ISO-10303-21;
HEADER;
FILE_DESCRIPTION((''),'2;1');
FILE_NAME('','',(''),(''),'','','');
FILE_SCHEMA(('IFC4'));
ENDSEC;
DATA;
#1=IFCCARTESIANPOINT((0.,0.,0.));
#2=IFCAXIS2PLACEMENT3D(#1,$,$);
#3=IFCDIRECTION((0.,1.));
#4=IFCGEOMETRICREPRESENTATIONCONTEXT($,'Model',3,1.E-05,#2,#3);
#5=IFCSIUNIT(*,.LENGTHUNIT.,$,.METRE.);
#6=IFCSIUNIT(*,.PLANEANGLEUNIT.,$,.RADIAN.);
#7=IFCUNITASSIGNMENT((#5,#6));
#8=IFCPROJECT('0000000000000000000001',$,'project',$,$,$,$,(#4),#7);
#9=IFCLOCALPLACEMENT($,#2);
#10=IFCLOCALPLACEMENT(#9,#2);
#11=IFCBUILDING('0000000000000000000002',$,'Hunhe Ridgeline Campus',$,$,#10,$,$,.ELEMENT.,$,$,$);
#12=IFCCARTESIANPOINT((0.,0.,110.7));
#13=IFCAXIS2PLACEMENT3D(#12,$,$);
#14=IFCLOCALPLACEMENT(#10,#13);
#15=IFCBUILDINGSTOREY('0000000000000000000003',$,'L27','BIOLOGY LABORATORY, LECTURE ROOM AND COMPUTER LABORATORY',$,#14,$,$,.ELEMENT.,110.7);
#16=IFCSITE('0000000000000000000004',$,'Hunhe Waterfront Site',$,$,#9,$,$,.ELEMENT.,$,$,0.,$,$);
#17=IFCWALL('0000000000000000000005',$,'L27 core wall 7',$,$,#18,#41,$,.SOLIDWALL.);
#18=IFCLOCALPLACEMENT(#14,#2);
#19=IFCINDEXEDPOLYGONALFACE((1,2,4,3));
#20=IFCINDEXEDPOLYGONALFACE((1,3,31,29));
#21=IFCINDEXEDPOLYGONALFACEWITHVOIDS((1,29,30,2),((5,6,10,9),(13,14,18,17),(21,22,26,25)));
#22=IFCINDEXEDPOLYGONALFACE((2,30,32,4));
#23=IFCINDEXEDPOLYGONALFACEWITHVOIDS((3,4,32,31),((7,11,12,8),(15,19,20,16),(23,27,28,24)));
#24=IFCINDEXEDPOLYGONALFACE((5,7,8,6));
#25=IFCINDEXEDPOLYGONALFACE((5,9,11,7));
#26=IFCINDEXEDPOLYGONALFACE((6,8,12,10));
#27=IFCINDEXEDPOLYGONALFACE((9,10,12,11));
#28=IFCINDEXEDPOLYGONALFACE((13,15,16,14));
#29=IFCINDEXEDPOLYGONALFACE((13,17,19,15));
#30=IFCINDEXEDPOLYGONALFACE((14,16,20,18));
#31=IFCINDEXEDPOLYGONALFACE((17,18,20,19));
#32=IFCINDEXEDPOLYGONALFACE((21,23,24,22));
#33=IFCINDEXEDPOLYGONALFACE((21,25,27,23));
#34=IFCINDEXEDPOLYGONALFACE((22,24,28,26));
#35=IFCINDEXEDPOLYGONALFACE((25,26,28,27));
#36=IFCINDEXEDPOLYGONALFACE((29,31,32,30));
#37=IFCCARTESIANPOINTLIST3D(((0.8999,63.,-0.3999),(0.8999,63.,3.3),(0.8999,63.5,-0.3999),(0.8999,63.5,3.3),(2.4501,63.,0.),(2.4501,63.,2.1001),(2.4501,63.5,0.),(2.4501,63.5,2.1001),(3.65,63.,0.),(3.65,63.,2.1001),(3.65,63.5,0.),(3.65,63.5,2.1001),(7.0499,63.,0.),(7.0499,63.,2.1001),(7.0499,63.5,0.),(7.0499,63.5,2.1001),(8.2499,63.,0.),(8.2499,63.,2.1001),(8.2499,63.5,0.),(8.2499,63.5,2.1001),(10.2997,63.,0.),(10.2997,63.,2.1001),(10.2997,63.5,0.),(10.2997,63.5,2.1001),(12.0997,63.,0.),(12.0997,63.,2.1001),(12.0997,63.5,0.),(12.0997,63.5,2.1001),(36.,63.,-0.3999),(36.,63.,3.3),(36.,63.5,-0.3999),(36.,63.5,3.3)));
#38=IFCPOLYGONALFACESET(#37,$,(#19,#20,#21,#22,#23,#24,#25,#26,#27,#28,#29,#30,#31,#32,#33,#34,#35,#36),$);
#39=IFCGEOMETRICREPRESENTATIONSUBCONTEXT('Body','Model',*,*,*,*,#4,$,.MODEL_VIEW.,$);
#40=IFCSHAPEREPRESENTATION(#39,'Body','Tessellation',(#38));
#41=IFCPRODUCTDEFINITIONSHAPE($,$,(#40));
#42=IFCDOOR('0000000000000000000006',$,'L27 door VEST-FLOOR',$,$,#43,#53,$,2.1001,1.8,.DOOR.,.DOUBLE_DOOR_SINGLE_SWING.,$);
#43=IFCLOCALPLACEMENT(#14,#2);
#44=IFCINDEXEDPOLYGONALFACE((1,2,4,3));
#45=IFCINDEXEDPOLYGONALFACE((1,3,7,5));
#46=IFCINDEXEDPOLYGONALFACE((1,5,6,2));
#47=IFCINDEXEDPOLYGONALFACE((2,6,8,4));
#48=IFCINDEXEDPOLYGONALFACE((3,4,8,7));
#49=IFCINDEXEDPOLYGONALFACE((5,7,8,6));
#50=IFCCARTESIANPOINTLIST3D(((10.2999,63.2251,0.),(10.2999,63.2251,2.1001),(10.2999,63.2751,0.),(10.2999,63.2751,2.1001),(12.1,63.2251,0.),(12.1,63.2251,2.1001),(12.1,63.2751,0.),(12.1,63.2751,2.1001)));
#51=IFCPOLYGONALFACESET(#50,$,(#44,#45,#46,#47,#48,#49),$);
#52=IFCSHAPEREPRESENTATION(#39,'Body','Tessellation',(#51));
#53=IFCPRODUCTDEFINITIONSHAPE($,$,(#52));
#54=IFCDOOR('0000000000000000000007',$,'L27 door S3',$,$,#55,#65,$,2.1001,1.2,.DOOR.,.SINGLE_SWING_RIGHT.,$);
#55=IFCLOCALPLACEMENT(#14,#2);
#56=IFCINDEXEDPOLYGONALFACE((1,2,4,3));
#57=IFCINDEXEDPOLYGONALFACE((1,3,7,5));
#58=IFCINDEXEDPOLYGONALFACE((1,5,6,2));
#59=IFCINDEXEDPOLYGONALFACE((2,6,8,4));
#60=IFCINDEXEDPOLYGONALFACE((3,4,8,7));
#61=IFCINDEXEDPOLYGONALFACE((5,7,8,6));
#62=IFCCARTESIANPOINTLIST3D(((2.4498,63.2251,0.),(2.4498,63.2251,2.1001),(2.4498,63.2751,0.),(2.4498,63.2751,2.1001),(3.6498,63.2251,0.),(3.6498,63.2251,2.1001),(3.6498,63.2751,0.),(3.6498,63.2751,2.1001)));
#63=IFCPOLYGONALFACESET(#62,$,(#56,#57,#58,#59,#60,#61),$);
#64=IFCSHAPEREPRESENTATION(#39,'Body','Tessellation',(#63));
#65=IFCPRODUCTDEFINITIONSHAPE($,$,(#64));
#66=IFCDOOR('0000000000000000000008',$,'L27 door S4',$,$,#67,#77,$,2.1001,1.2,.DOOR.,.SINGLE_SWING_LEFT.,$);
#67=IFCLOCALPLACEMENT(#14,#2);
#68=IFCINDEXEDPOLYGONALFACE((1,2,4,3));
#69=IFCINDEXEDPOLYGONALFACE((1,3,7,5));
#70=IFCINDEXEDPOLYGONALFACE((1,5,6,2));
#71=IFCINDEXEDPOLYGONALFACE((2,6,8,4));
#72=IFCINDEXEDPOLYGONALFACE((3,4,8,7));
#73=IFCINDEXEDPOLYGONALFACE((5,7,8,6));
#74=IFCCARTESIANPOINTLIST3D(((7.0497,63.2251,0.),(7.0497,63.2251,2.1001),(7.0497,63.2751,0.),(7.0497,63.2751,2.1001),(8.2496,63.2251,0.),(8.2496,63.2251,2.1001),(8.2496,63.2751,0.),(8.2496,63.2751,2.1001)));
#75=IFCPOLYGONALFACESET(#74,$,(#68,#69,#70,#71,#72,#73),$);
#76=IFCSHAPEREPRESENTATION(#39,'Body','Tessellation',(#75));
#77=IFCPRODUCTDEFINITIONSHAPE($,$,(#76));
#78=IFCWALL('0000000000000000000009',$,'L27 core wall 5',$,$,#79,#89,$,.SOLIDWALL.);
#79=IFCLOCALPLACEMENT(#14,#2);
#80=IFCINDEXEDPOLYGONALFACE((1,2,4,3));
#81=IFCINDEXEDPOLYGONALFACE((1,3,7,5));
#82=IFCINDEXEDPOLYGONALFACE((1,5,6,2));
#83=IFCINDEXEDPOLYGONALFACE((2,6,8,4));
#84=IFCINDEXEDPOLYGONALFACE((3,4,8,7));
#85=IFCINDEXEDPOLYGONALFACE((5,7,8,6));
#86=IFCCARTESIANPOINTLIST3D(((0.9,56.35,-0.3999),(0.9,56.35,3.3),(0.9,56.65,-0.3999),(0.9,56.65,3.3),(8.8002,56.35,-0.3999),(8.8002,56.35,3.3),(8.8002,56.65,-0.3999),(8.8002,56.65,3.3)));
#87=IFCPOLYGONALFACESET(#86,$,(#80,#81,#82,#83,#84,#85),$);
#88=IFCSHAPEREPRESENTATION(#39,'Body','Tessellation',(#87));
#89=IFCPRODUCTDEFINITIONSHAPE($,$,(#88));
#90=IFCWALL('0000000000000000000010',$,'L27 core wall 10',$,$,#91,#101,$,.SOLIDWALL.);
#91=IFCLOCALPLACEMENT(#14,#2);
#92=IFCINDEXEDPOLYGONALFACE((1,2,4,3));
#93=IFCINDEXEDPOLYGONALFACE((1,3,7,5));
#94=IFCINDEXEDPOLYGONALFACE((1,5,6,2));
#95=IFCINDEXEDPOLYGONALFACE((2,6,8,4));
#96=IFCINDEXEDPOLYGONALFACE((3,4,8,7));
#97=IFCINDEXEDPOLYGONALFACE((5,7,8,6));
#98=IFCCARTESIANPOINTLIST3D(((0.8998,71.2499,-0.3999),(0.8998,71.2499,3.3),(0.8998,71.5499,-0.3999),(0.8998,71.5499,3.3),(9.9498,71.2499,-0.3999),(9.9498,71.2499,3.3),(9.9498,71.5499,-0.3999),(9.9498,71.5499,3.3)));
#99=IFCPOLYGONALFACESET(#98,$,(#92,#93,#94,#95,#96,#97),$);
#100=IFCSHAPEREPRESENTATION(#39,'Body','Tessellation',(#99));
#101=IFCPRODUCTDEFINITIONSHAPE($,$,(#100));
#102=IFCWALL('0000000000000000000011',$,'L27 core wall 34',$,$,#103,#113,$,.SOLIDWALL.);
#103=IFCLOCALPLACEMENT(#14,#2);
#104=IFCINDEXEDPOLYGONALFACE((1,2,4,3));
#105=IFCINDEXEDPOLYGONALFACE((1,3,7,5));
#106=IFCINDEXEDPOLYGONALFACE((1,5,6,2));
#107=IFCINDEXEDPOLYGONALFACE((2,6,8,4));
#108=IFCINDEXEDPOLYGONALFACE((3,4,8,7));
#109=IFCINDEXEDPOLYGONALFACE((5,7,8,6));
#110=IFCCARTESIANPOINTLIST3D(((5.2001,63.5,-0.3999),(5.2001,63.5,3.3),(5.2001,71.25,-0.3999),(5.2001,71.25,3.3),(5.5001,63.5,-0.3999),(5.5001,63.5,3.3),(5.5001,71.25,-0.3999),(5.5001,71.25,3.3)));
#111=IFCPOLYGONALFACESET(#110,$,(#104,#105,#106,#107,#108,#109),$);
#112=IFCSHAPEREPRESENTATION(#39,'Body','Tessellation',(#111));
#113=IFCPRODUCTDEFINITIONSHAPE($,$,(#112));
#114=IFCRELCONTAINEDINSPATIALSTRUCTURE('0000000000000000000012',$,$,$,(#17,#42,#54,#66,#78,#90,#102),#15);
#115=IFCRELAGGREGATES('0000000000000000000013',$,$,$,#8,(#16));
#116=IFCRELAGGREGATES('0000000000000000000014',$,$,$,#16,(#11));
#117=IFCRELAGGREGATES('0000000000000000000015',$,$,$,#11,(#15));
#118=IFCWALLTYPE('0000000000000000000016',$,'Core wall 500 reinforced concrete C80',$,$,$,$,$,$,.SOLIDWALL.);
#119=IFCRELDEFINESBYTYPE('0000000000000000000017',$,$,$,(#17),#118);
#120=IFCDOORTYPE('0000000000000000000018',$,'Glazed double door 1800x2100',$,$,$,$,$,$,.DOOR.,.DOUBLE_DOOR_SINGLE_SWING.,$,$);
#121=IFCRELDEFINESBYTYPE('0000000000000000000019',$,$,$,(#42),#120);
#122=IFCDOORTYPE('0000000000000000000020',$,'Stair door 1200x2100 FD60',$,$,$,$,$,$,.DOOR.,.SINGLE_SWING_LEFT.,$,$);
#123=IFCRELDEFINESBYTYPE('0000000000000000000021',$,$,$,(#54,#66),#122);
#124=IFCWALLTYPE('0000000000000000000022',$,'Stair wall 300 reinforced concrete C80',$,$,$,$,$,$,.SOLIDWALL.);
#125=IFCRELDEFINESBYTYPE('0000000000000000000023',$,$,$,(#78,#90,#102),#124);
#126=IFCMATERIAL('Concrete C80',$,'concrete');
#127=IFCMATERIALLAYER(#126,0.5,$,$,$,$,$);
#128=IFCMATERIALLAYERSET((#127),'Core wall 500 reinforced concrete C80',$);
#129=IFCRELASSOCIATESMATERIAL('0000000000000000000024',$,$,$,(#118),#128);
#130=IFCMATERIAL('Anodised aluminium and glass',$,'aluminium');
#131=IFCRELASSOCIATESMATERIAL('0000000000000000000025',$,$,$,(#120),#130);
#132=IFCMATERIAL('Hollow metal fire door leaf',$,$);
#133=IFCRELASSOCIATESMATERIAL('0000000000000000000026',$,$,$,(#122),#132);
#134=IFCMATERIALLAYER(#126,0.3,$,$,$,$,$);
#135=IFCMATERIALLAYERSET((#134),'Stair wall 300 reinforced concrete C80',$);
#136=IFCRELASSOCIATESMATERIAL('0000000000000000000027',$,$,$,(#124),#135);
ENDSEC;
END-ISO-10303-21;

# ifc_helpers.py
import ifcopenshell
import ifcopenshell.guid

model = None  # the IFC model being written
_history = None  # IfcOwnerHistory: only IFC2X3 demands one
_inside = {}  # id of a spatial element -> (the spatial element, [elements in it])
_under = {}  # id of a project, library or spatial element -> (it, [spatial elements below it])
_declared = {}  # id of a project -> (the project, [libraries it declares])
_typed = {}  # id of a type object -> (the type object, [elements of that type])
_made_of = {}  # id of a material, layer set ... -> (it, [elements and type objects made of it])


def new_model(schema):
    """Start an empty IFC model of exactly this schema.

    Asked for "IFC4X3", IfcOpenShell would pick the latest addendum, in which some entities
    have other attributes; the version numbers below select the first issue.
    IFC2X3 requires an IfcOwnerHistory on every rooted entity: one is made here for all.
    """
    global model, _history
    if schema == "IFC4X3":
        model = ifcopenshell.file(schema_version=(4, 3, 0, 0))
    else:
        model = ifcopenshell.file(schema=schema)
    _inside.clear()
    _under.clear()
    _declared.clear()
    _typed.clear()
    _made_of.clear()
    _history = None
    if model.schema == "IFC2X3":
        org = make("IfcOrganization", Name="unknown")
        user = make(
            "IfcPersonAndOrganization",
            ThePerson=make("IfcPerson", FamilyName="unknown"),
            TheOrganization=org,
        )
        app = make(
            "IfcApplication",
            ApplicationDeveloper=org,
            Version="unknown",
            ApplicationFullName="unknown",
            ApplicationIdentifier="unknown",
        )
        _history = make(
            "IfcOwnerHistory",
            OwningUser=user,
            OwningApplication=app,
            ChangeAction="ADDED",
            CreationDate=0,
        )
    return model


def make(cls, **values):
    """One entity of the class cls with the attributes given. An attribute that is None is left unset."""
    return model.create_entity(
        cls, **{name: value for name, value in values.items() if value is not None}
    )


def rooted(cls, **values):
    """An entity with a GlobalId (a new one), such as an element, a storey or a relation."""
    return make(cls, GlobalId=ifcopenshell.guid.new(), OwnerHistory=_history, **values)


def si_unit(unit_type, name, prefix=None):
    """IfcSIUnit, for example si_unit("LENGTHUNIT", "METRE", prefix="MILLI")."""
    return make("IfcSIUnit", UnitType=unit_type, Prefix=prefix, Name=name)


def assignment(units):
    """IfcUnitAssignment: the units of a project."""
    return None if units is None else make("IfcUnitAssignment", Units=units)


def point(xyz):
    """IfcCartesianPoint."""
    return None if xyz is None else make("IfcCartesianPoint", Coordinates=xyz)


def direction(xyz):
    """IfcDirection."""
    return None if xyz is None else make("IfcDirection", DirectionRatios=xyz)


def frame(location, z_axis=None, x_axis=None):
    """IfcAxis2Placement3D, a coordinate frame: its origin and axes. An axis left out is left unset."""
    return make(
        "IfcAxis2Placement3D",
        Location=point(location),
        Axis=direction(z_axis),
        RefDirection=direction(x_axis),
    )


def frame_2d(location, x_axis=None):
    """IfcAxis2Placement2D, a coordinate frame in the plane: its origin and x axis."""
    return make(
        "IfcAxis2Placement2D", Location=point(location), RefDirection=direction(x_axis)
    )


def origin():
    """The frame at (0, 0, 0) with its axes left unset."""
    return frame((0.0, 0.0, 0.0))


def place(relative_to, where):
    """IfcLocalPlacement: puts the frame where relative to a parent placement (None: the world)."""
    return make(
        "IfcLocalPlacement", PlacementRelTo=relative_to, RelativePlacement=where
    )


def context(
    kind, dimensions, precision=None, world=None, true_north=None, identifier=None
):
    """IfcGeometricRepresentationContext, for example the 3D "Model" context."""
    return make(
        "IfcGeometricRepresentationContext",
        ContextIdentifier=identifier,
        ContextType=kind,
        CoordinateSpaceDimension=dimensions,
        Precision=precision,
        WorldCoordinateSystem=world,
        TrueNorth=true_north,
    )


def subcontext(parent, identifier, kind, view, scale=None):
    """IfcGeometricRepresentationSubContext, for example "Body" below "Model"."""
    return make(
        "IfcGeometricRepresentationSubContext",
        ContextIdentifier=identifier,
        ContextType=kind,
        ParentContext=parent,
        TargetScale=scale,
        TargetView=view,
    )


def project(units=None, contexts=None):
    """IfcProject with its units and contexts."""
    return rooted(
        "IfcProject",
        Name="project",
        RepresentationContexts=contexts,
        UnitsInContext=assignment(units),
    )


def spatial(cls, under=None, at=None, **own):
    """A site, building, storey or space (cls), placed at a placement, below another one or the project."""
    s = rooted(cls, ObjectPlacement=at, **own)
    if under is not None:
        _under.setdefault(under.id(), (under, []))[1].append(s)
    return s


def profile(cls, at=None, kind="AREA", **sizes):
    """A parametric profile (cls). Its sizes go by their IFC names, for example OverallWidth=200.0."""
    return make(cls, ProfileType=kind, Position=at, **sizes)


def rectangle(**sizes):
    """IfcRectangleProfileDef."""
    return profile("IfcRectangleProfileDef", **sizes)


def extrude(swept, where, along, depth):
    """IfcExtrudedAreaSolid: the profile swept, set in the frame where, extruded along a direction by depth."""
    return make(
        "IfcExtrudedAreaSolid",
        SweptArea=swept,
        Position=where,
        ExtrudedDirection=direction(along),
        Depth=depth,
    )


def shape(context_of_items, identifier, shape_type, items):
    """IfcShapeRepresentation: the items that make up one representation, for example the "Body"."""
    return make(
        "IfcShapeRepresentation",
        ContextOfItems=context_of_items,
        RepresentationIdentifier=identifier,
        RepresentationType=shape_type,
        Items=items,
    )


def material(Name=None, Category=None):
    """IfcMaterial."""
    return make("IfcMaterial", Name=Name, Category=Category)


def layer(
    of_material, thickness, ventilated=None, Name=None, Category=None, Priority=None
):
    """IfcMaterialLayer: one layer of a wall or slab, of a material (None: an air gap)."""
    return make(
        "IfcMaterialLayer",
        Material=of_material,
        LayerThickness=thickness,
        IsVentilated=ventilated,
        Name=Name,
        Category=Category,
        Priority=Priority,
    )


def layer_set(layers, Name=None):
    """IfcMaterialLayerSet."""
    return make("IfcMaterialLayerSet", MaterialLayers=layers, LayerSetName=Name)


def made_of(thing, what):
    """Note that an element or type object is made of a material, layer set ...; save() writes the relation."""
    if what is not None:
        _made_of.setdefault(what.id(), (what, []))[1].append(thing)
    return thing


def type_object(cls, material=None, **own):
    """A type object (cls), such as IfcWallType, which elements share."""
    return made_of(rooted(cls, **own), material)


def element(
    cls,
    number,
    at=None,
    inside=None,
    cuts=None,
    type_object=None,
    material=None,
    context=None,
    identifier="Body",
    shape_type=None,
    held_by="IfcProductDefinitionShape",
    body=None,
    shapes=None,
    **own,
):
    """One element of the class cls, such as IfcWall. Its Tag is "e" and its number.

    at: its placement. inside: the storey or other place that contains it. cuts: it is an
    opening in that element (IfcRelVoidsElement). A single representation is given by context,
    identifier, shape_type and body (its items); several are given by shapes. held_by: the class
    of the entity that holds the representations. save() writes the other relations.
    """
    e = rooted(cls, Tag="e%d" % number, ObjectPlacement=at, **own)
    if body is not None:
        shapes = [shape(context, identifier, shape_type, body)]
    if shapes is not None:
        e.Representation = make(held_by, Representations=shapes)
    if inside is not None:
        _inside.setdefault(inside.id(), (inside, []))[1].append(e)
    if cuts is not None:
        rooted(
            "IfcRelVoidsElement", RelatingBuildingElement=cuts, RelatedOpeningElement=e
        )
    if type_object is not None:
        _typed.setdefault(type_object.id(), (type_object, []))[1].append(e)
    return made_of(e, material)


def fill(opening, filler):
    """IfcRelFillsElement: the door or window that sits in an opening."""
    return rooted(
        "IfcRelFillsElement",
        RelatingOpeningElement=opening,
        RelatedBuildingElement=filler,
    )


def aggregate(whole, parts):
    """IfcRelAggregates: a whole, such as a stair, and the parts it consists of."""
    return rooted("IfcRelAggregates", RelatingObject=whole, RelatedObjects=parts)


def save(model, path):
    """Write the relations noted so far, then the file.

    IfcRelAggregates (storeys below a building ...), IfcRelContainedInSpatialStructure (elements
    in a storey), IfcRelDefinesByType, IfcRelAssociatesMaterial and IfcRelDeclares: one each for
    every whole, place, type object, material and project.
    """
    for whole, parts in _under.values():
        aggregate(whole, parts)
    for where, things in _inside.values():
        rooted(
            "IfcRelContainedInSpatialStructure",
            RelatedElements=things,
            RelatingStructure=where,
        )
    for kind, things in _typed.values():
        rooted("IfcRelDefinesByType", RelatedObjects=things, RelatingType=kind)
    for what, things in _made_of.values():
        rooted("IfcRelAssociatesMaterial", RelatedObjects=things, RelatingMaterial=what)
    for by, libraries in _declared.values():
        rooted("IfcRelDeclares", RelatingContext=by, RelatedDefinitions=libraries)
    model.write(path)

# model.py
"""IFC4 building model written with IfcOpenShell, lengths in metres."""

from ifc_helpers import new_model, si_unit, direction, frame, frame_2d, origin, place, context, subcontext, project, spatial, rectangle, extrude, material, layer, layer_set, type_object, element, fill, save


model = new_model("IFC4")

# Units and contexts
model_context = context("Model", 3, precision=1e-05, world=origin(), true_north=direction((0.0, 1.0)))
body_context = subcontext(model_context, "Body", "Model", "MODEL_VIEW")
ifc_project = project(units=[si_unit("LENGTHUNIT", "METRE"), si_unit("PLANEANGLEUNIT", "RADIAN")], contexts=[model_context])

# Site, building, storey
site_placement = place(None, origin())
site = spatial("IfcSite", under=ifc_project, at=site_placement, Name="Hunhe Waterfront Site", CompositionType="ELEMENT", RefElevation=0.0)
building_placement = place(site_placement, origin())
building = spatial("IfcBuilding", under=site, at=building_placement, Name="Hunhe Ridgeline Campus", CompositionType="ELEMENT")
storey_placement = place(building_placement, frame((0.0, 0.0, 110.7)))
storey = spatial("IfcBuildingStorey", under=building, at=storey_placement, Name="L27", Description="BIOLOGY LABORATORY, LECTURE ROOM AND COMPUTER LABORATORY", CompositionType="ELEMENT", Elevation=110.7)

# Wall, openings, doors
ifc_material_1 = material(Name="Concrete C80", Category="concrete")
ifc_layer_1 = layer(ifc_material_1, 0.5)
ifc_layer_set_1 = layer_set([ifc_layer_1], Name="Core wall 500 reinforced concrete C80")
wall_type_1 = type_object("IfcWallType", Name="Core wall 500 reinforced concrete C80", PredefinedType="SOLIDWALL", material=ifc_layer_set_1)
wall_1_placement = place(storey_placement, frame((0.8999, 63.25, -0.3999), z_axis=(0.0, 0.0, 1.0), x_axis=(1.0, 0.0, 0.0)))
wall_1 = element("IfcWall", 1, at=wall_1_placement, inside=storey, type_object=wall_type_1, Name="L27 core wall 7", PredefinedType="SOLIDWALL", context=body_context, shape_type="SweptSolid", body=[
    extrude(rectangle(XDim=35.1001, YDim=0.5, at=frame_2d((17.55, 0.0))), origin(), (0.0, 0.0, 1.0), 3.7),
])
opening_1_placement = place(wall_1_placement, frame((9.3999, 0.0, 0.3999)))
opening_1 = element("IfcOpeningElement", 2, at=opening_1_placement, cuts=wall_1, PredefinedType="OPENING", context=body_context, shape_type="SweptSolid", body=[
    extrude(rectangle(XDim=1.8, YDim=2.1001, at=frame_2d((0.8999, 1.05))), frame((0.0, 0.25, 0.0), z_axis=(0.0, -1.0, 0.0), x_axis=(1.0, 0.0, 0.0)), (0.0, 0.0, 1.0), 0.5),
])
opening_2_placement = place(wall_1_placement, frame((1.55, 0.0, 0.3999)))
opening_2 = element("IfcOpeningElement", 3, at=opening_2_placement, cuts=wall_1, PredefinedType="OPENING", context=body_context, shape_type="SweptSolid", body=[
    extrude(rectangle(XDim=1.2, YDim=2.1001, at=frame_2d((0.6001, 1.05))), frame((0.0, 0.25, 0.0), z_axis=(0.0, -1.0, 0.0), x_axis=(1.0, 0.0, 0.0)), (0.0, 0.0, 1.0), 0.5),
])
opening_3_placement = place(wall_1_placement, frame((6.1499, 0.0, 0.3999)))
opening_3 = element("IfcOpeningElement", 4, at=opening_3_placement, cuts=wall_1, PredefinedType="OPENING", context=body_context, shape_type="SweptSolid", body=[
    extrude(rectangle(XDim=1.2, YDim=2.1001, at=frame_2d((0.6001, 1.05))), frame((0.0, 0.25, 0.0), z_axis=(0.0, -1.0, 0.0), x_axis=(1.0, 0.0, 0.0)), (0.0, 0.0, 1.0), 0.5),
])
ifc_material_2 = material(Name="Anodised aluminium and glass", Category="aluminium")
door_type_1 = type_object("IfcDoorType", Name="Glazed double door 1800x2100", OperationType="DOUBLE_DOOR_SINGLE_SWING", PredefinedType="DOOR", material=ifc_material_2)
door_1_placement = place(opening_1_placement, frame((1.8, 0.0, 0.0), z_axis=(0.0, 0.0, 1.0), x_axis=(-1.0, 0.0, 0.0)))
door_1 = element("IfcDoor", 5, at=door_1_placement, inside=storey, type_object=door_type_1, Name="L27 door VEST-FLOOR", OperationType="DOUBLE_DOOR_SINGLE_SWING", OverallHeight=2.1001, OverallWidth=1.8, PredefinedType="DOOR", context=body_context, shape_type="SweptSolid", body=[
    extrude(rectangle(XDim=1.8, YDim=2.1001, at=frame_2d((0.8999, 1.05))), frame((0.0, 0.0249, 0.0), z_axis=(0.0, -1.0, 0.0), x_axis=(1.0, 0.0, 0.0)), (0.0, 0.0, 1.0), 0.05),
])
fill(opening_1, door_1)
ifc_material_3 = material(Name="Hollow metal fire door leaf")
door_type_2 = type_object("IfcDoorType", Name="Stair door 1200x2100 FD60", OperationType="SINGLE_SWING_LEFT", PredefinedType="DOOR", material=ifc_material_3)
door_2_placement = place(opening_2_placement, frame((1.2, 0.0, 0.0), z_axis=(0.0, 0.0, 1.0), x_axis=(-1.0, 0.0, 0.0)))
door_2 = element("IfcDoor", 6, at=door_2_placement, inside=storey, type_object=door_type_2, Name="L27 door S3", OperationType="SINGLE_SWING_RIGHT", OverallHeight=2.1001, OverallWidth=1.2, PredefinedType="DOOR", context=body_context, shape_type="SweptSolid", body=[
    extrude(rectangle(XDim=1.2, YDim=2.1001, at=frame_2d((0.6001, 1.05))), frame((0.0, 0.0249, 0.0), z_axis=(0.0, -1.0, 0.0), x_axis=(1.0, 0.0, 0.0)), (0.0, 0.0, 1.0), 0.05),
])
fill(opening_2, door_2)
door_3_placement = place(opening_3_placement, frame((1.2, 0.0, 0.0), z_axis=(0.0, 0.0, 1.0), x_axis=(-1.0, 0.0, 0.0)))
door_3 = element("IfcDoor", 7, at=door_3_placement, inside=storey, type_object=door_type_2, Name="L27 door S4", OperationType="SINGLE_SWING_LEFT", OverallHeight=2.1001, OverallWidth=1.2, PredefinedType="DOOR", context=body_context, shape_type="SweptSolid", body=[
    extrude(rectangle(XDim=1.2, YDim=2.1001, at=frame_2d((0.6001, 1.05))), frame((0.0, 0.0249, 0.0), z_axis=(0.0, -1.0, 0.0), x_axis=(1.0, 0.0, 0.0)), (0.0, 0.0, 1.0), 0.05),
])
fill(opening_3, door_3)

# Wall
ifc_layer_2 = layer(ifc_material_1, 0.3)
ifc_layer_set_2 = layer_set([ifc_layer_2], Name="Stair wall 300 reinforced concrete C80")
wall_type_2 = type_object("IfcWallType", Name="Stair wall 300 reinforced concrete C80", PredefinedType="SOLIDWALL", material=ifc_layer_set_2)
wall_2_placement = place(storey_placement, frame((0.8999, 56.5, -0.3999), z_axis=(0.0, 0.0, 1.0), x_axis=(1.0, 0.0, 0.0)))
element("IfcWall", 8, at=wall_2_placement, inside=storey, type_object=wall_type_2, Name="L27 core wall 5", PredefinedType="SOLIDWALL", context=body_context, shape_type="SweptSolid", body=[
    extrude(rectangle(XDim=7.9001, YDim=0.3, at=frame_2d((3.9502, 0.0))), origin(), (0.0, 0.0, 1.0), 3.7),
])

# Walls
wall_3_placement = place(storey_placement, frame((0.8999, 71.3999, -0.3999), z_axis=(0.0, 0.0, 1.0), x_axis=(1.0, 0.0, 0.0)))
element("IfcWall", 9, at=wall_3_placement, inside=storey, type_object=wall_type_2, Name="L27 core wall 10", PredefinedType="SOLIDWALL", context=body_context, shape_type="SweptSolid", body=[
    extrude(rectangle(XDim=9.05, YDim=0.3, at=frame_2d((4.5249, 0.0))), origin(), (0.0, 0.0, 1.0), 3.7),
])
wall_4_placement = place(storey_placement, frame((5.3501, 63.5, -0.3999), z_axis=(0.0, 0.0, 1.0), x_axis=(0.0, 1.0, 0.0)))
element("IfcWall", 10, at=wall_4_placement, inside=storey, type_object=wall_type_2, Name="L27 core wall 34", PredefinedType="SOLIDWALL", context=body_context, shape_type="SweptSolid", body=[
    extrude(rectangle(XDim=7.75, YDim=0.3, at=frame_2d((3.875, 0.0))), origin(), (0.0, 0.0, 1.0), 3.7),
])

save(model, "model.ifc")
